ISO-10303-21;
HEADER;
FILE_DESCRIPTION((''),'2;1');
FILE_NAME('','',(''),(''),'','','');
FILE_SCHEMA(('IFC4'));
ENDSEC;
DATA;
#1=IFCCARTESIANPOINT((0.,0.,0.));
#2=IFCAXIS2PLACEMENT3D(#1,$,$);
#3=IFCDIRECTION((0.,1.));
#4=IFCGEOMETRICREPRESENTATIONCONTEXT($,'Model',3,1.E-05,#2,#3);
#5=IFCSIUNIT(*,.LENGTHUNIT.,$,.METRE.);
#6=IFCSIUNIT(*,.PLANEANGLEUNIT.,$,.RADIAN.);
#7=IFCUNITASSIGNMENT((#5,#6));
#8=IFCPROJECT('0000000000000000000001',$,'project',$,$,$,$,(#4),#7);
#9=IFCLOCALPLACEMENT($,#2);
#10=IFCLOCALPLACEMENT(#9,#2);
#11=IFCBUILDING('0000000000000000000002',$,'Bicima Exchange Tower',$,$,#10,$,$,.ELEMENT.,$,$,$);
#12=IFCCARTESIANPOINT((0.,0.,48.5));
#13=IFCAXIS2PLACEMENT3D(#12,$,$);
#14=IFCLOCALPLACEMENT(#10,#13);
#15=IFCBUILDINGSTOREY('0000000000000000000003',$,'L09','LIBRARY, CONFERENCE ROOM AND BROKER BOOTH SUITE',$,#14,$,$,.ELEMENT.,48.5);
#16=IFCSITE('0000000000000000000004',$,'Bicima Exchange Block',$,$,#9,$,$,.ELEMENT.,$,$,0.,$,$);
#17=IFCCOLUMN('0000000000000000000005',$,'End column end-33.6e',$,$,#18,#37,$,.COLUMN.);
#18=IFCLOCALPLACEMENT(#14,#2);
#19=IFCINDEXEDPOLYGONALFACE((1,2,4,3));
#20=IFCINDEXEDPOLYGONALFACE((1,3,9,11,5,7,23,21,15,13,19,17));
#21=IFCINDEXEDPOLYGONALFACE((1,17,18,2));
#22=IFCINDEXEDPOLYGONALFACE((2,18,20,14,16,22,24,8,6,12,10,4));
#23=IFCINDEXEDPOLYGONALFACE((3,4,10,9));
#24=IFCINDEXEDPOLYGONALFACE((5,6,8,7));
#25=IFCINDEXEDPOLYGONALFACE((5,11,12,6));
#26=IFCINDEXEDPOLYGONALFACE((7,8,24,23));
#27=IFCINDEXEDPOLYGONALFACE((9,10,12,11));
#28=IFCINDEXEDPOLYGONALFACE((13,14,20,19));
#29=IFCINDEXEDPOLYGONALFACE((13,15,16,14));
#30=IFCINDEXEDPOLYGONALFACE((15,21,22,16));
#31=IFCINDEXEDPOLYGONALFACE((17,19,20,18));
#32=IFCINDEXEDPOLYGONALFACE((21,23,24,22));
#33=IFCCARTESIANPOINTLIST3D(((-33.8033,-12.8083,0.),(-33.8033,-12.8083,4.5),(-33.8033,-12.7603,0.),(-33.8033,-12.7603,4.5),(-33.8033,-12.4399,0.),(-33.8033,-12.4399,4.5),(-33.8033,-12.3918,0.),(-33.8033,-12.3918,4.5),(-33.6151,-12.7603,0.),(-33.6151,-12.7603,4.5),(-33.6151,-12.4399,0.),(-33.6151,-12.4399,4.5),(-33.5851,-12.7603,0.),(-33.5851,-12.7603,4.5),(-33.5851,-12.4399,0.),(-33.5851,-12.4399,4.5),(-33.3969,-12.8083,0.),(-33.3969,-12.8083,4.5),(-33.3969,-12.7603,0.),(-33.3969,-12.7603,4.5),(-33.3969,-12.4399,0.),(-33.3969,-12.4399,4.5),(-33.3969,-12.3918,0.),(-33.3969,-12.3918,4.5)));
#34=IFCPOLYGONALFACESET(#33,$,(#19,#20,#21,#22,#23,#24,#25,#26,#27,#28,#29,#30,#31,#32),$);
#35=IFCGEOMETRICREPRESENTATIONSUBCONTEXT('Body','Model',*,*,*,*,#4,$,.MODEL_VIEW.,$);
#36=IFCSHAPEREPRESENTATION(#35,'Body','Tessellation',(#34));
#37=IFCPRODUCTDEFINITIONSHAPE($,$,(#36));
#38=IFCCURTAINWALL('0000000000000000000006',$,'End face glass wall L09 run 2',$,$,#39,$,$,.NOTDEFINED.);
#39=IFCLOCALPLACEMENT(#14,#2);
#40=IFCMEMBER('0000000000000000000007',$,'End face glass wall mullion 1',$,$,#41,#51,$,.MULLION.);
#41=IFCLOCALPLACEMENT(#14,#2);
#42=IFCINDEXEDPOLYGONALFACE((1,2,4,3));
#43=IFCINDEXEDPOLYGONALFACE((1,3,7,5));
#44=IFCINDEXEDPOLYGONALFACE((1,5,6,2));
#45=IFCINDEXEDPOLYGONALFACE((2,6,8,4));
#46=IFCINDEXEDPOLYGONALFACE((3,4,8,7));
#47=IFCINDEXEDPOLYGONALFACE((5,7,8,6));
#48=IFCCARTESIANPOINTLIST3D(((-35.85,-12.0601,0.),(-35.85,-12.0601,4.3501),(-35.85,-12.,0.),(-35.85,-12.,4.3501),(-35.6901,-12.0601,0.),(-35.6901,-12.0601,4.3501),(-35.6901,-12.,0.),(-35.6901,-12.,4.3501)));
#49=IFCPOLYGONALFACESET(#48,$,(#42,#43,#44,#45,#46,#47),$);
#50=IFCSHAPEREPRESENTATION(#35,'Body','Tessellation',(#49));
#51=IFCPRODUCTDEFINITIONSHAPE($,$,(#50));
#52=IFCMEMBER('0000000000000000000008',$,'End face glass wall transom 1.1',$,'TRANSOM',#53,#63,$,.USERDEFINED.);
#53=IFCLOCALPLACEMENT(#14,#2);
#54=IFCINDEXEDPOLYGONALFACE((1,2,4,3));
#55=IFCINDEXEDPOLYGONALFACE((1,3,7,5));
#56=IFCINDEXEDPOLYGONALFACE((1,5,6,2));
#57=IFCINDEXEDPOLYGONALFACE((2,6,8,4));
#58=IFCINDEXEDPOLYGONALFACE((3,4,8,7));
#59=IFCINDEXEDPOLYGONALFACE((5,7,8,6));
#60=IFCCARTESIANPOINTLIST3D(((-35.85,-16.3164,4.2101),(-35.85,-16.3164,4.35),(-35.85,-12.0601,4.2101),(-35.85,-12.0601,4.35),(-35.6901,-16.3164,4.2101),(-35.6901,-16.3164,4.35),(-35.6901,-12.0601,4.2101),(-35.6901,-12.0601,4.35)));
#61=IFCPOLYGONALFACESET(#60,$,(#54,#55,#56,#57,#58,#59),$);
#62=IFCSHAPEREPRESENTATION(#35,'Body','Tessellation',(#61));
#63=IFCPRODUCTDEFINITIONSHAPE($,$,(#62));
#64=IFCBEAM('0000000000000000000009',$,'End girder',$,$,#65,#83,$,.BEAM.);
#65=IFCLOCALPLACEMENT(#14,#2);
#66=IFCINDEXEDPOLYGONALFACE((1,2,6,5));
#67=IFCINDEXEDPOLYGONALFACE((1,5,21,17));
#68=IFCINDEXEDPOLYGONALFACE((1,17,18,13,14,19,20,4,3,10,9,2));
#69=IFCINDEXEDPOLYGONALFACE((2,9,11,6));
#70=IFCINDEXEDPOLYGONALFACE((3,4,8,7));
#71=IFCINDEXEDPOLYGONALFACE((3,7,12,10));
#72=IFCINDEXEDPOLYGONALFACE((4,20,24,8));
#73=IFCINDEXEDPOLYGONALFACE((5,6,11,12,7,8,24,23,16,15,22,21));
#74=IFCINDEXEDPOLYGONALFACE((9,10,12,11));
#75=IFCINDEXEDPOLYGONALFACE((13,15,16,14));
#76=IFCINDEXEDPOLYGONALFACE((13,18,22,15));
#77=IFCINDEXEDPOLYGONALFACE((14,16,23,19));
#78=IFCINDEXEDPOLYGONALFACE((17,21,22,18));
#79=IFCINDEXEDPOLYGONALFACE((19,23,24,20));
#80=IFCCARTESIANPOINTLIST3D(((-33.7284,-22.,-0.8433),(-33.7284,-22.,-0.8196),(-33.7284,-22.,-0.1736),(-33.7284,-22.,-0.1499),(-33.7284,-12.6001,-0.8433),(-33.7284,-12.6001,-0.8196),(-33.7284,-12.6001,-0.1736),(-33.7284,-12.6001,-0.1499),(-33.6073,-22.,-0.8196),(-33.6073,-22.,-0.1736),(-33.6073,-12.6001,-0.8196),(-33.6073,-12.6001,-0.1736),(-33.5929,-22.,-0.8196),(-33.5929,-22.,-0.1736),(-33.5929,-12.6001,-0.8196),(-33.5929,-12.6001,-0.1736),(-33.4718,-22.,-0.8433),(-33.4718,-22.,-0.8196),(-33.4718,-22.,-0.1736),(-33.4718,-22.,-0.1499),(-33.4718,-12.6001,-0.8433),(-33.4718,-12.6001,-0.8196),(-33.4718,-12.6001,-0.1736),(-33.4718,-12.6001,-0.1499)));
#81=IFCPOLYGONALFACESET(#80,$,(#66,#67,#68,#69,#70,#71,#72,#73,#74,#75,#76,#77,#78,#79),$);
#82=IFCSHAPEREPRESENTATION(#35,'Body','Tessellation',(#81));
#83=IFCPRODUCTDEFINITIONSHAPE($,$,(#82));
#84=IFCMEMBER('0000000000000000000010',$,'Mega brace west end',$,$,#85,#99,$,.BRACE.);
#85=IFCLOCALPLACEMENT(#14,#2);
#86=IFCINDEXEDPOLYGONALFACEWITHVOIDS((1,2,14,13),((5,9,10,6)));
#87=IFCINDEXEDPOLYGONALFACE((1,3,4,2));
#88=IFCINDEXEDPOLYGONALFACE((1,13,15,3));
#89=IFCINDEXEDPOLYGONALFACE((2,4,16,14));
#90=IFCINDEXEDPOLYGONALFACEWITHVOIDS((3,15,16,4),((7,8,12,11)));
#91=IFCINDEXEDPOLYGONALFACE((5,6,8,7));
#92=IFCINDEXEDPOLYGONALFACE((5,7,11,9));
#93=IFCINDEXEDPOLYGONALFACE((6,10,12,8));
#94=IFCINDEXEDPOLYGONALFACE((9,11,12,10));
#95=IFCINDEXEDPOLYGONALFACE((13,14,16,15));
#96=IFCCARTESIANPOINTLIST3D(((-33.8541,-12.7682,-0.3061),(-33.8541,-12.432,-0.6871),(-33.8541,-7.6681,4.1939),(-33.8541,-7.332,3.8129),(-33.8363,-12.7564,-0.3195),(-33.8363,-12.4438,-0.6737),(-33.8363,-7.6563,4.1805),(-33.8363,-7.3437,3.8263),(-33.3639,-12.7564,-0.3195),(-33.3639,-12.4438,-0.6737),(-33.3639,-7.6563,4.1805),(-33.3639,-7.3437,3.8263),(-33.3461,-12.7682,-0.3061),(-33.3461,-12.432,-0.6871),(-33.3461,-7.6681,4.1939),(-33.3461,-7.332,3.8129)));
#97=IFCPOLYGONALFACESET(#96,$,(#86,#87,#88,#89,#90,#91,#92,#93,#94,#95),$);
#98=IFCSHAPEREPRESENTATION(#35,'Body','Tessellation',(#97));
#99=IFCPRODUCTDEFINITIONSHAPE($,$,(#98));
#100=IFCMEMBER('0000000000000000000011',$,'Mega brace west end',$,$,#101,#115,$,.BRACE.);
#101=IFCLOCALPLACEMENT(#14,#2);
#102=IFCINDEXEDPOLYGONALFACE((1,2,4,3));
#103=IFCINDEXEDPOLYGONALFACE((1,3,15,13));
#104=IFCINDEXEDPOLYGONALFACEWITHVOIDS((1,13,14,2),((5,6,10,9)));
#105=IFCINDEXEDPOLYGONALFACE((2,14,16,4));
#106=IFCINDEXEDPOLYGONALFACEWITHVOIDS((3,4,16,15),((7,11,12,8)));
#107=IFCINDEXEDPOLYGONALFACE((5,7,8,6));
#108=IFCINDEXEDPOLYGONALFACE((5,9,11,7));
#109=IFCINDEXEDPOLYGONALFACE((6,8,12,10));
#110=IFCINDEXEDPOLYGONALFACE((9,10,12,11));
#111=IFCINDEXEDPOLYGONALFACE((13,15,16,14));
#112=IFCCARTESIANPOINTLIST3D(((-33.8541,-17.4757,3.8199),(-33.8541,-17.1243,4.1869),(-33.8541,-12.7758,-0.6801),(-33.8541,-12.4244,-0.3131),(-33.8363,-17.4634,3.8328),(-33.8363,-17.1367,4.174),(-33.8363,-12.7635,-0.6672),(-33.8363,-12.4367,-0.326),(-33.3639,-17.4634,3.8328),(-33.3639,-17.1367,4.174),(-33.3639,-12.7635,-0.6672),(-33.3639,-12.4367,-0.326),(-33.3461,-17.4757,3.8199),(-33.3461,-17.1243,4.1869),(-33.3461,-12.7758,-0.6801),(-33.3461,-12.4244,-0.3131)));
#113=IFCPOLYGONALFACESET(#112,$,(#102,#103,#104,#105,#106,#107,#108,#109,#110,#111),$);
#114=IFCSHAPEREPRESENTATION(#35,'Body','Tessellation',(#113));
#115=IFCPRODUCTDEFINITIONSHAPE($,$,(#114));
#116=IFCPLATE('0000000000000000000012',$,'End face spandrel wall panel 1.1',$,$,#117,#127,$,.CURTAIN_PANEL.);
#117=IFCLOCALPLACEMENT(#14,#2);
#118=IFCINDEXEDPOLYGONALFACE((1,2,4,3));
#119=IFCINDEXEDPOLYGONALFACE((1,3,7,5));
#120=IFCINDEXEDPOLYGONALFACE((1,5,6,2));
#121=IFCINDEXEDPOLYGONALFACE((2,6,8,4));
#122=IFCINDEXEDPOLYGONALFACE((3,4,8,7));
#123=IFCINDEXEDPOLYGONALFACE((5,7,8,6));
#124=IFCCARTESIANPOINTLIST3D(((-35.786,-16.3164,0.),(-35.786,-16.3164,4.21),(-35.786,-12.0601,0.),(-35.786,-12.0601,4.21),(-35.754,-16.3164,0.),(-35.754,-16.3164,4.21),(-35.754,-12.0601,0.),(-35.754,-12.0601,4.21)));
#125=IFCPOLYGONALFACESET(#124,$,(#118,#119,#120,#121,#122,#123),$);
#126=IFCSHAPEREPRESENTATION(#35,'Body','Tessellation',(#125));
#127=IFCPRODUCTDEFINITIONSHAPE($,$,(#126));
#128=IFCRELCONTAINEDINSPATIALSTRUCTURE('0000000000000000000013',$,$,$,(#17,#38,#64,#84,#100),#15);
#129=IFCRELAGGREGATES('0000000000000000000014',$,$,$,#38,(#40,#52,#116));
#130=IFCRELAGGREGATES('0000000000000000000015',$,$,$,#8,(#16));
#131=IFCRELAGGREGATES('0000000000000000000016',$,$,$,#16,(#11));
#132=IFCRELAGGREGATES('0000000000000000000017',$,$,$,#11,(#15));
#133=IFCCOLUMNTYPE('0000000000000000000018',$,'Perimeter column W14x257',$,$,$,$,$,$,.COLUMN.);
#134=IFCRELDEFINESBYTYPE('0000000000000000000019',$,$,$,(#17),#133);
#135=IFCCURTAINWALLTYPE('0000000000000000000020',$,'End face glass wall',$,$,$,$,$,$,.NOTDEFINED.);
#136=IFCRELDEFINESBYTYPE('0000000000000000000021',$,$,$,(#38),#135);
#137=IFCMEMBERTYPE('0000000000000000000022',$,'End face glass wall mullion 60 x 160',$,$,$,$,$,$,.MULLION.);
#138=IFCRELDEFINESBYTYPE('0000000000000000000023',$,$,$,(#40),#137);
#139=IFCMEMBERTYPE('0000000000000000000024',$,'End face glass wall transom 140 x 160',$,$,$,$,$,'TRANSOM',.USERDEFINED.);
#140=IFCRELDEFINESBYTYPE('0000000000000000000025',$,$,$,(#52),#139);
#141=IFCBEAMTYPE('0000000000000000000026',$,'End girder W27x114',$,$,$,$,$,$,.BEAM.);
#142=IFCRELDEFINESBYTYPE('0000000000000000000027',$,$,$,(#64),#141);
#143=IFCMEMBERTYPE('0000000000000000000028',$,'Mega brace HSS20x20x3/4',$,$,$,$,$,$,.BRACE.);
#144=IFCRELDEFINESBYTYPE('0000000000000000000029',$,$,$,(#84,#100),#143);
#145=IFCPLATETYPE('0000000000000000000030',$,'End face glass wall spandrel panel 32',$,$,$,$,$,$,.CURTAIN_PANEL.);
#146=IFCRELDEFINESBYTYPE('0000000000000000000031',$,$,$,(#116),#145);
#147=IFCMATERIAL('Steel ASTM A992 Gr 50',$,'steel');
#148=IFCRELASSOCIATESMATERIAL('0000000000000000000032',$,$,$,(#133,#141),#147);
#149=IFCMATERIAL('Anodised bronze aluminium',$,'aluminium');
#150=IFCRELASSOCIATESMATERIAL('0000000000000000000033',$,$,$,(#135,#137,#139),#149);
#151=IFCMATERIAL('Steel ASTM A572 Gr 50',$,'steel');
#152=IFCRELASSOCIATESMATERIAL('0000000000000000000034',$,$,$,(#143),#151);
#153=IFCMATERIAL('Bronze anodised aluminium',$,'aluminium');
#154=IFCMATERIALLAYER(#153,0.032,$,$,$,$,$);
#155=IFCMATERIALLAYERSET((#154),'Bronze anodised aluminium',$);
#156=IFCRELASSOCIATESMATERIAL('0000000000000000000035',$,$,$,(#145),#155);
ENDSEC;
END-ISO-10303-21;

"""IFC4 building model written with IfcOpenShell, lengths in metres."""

from ifc_helpers import new_model, si_unit, direction, frame, origin, origin_2d, place, context, subcontext, project, spatial, rectangle, hollow_rectangle, i_section, extrude, material, layer, layer_set, material_profile, profile_set, type_object, element, aggregate, save


model = new_model("IFC4")

# Units and contexts
model_context = context("Model", 3, precision=1e-05, world=origin(), true_north=direction((0.0, 1.0)))
body_context = subcontext(model_context, "Body", "Model", "MODEL_VIEW")
ifc_project = project(units=[si_unit("LENGTHUNIT", "METRE"), si_unit("PLANEANGLEUNIT", "RADIAN")], contexts=[model_context])

# Site, building, storey
site_placement = place(None, origin())
site = spatial("IfcSite", under=ifc_project, at=site_placement, Name="Bicima Exchange Block", CompositionType="ELEMENT", RefElevation=0.0)
building_placement = place(site_placement, origin())
building = spatial("IfcBuilding", under=site, at=building_placement, Name="Bicima Exchange Tower", CompositionType="ELEMENT")
storey_placement = place(building_placement, frame((0.0, 0.0, 48.5)))
storey = spatial("IfcBuildingStorey", under=building, at=storey_placement, Name="L09", Description="LIBRARY, CONFERENCE ROOM AND BROKER BOOTH SUITE", CompositionType="ELEMENT", Elevation=48.5)

# Column
ifc_material_1 = material(Name="Steel ASTM A992 Gr 50", Category="steel")
ifc_material_profile_1 = material_profile(ifc_material_1, i_section(OverallWidth=0.4065, OverallDepth=0.4165, WebThickness=0.03, FlangeThickness=0.0481, at=origin_2d()))
ifc_profile_set_1 = profile_set([ifc_material_profile_1], Name="Steel ASTM A992 Gr 50")
column_type = type_object("IfcColumnType", Name="Perimeter column W14x257", PredefinedType="COLUMN", material=ifc_profile_set_1)
column_placement = place(storey_placement, frame((-33.6001, -12.6001, 0.0), z_axis=(0.0, 0.0, 1.0), x_axis=(1.0, 0.0, 0.0)))
element("IfcColumn", 1, at=column_placement, inside=storey, type_object=column_type, Name="End column end-33.6e", PredefinedType="COLUMN", context=body_context, shape_type="SweptSolid", body=[
    extrude(i_section(OverallWidth=0.4065, OverallDepth=0.4165, WebThickness=0.03, FlangeThickness=0.0481, at=origin_2d()), origin(), (0.0, 0.0, 1.0), 4.5),
])

# Curtain wall, members
ifc_material_2 = material(Name="Anodised bronze aluminium", Category="aluminium")
curtain_wall_type = type_object("IfcCurtainWallType", Name="End face glass wall", PredefinedType="NOTDEFINED", material=ifc_material_2)
curtain_wall_placement = place(storey_placement, origin())
curtain_wall = element("IfcCurtainWall", 2, at=curtain_wall_placement, inside=storey, type_object=curtain_wall_type, Name="End face glass wall L09 run 2", PredefinedType="NOTDEFINED")
ifc_material_profile_2 = material_profile(ifc_material_2, rectangle(XDim=0.1599, YDim=0.0601, at=origin_2d()))
ifc_profile_set_2 = profile_set([ifc_material_profile_2], Name="Anodised bronze aluminium")
member_type_1 = type_object("IfcMemberType", Name="End face glass wall mullion 60 x 160", PredefinedType="MULLION", material=ifc_profile_set_2)
member_1_placement = place(storey_placement, frame((-35.77, -12.03, 0.0), z_axis=(0.0, 0.0, 1.0), x_axis=(1.0, 0.0, 0.0)))
member_1 = element("IfcMember", 3, at=member_1_placement, type_object=member_type_1, Name="End face glass wall mullion 1", PredefinedType="MULLION", context=body_context, shape_type="SweptSolid", body=[
    extrude(rectangle(XDim=0.1599, YDim=0.0601, at=origin_2d()), origin(), (0.0, 0.0, 1.0), 4.3501),
])
ifc_material_profile_3 = material_profile(ifc_material_2, rectangle(XDim=0.1599, YDim=0.1399, at=origin_2d()))
ifc_profile_set_3 = profile_set([ifc_material_profile_3], Name="Anodised bronze aluminium")
member_type_2 = type_object("IfcMemberType", Name="End face glass wall transom 140 x 160", ElementType="TRANSOM", PredefinedType="USERDEFINED", material=ifc_profile_set_3)
member_2_placement = place(storey_placement, frame((-35.77, -12.0601, 4.28), z_axis=(0.0, -1.0, 0.0), x_axis=(1.0, 0.0, 0.0)))
member_2 = element("IfcMember", 4, at=member_2_placement, type_object=member_type_2, Name="End face glass wall transom 1.1", ObjectType="TRANSOM", PredefinedType="USERDEFINED", context=body_context, shape_type="SweptSolid", body=[
    extrude(rectangle(XDim=0.1599, YDim=0.1399, at=origin_2d()), origin(), (0.0, 0.0, 1.0), 4.2563),
])

# Beam
ifc_material_profile_4 = material_profile(ifc_material_1, i_section(OverallWidth=0.2566, OverallDepth=0.6934, WebThickness=0.0144, FlangeThickness=0.0237, at=origin_2d()))
ifc_profile_set_4 = profile_set([ifc_material_profile_4], Name="Steel ASTM A992 Gr 50")
beam_type = type_object("IfcBeamType", Name="End girder W27x114", PredefinedType="BEAM", material=ifc_profile_set_4)
beam_placement = place(storey_placement, frame((-33.6001, -12.6001, -0.4966), z_axis=(0.0, -1.0, 0.0), x_axis=(1.0, 0.0, 0.0)))
element("IfcBeam", 5, at=beam_placement, inside=storey, type_object=beam_type, Name="End girder", PredefinedType="BEAM", context=body_context, shape_type="SweptSolid", body=[
    extrude(i_section(OverallWidth=0.2566, OverallDepth=0.6934, WebThickness=0.0144, FlangeThickness=0.0237, at=origin_2d()), origin(), (0.0, 0.0, 1.0), 9.3999),
])

# Members
ifc_material_3 = material(Name="Steel ASTM A572 Gr 50", Category="steel")
ifc_material_profile_5 = material_profile(ifc_material_3, hollow_rectangle(XDim=0.5081, YDim=0.5081, WallThickness=0.0178, at=origin_2d()))
ifc_profile_set_5 = profile_set([ifc_material_profile_5], Name="Steel ASTM A572 Gr 50")
member_type_3 = type_object("IfcMemberType", Name="Mega brace HSS20x20x3/4", PredefinedType="BRACE", material=ifc_profile_set_5)
member_3_placement = place(storey_placement, frame((-33.6001, -12.6001, -0.4966), z_axis=(0.0, 0.749844, 0.661615), x_axis=(-1.0, 0.0, 0.0)))
element("IfcMember", 6, at=member_3_placement, inside=storey, type_object=member_type_3, Name="Mega brace west end", PredefinedType="BRACE", context=body_context, shape_type="SweptSolid", body=[
    extrude(hollow_rectangle(XDim=0.5081, YDim=0.5081, WallThickness=0.0178, at=origin_2d()), origin(), (0.0, 0.0, 1.0), 6.8015),
])
member_4_placement = place(storey_placement, frame((-33.6001, -12.6001, -0.4966), z_axis=(0.0, -0.722304, 0.691575), x_axis=(1.0, 0.0, 0.0)))
element("IfcMember", 7, at=member_4_placement, inside=storey, type_object=member_type_3, Name="Mega brace west end", PredefinedType="BRACE", context=body_context, shape_type="SweptSolid", body=[
    extrude(hollow_rectangle(XDim=0.5081, YDim=0.5081, WallThickness=0.0178, at=origin_2d()), origin(), (0.0, 0.0, 1.0), 6.5068),
])

# Plate
ifc_material_4 = material(Name="Bronze anodised aluminium", Category="aluminium")
ifc_layer_1 = layer(ifc_material_4, 0.032)
ifc_layer_set_1 = layer_set([ifc_layer_1], Name="Bronze anodised aluminium")
plate_type = type_object("IfcPlateType", Name="End face glass wall spandrel panel 32", PredefinedType="CURTAIN_PANEL", material=ifc_layer_set_1)
plate_placement = place(storey_placement, frame((-35.77, -14.1882, 0.0), z_axis=(0.0, 0.0, 1.0), x_axis=(0.0, -1.0, 0.0)))
plate = element("IfcPlate", 8, at=plate_placement, type_object=plate_type, Name="End face spandrel wall panel 1.1", PredefinedType="CURTAIN_PANEL", context=body_context, shape_type="SweptSolid", body=[
    extrude(rectangle(XDim=4.2563, YDim=0.032, at=origin_2d()), origin(), (0.0, 0.0, 1.0), 4.21),
])
aggregate(curtain_wall, [member_1, member_2, plate])

save(model, "model.ifc")
